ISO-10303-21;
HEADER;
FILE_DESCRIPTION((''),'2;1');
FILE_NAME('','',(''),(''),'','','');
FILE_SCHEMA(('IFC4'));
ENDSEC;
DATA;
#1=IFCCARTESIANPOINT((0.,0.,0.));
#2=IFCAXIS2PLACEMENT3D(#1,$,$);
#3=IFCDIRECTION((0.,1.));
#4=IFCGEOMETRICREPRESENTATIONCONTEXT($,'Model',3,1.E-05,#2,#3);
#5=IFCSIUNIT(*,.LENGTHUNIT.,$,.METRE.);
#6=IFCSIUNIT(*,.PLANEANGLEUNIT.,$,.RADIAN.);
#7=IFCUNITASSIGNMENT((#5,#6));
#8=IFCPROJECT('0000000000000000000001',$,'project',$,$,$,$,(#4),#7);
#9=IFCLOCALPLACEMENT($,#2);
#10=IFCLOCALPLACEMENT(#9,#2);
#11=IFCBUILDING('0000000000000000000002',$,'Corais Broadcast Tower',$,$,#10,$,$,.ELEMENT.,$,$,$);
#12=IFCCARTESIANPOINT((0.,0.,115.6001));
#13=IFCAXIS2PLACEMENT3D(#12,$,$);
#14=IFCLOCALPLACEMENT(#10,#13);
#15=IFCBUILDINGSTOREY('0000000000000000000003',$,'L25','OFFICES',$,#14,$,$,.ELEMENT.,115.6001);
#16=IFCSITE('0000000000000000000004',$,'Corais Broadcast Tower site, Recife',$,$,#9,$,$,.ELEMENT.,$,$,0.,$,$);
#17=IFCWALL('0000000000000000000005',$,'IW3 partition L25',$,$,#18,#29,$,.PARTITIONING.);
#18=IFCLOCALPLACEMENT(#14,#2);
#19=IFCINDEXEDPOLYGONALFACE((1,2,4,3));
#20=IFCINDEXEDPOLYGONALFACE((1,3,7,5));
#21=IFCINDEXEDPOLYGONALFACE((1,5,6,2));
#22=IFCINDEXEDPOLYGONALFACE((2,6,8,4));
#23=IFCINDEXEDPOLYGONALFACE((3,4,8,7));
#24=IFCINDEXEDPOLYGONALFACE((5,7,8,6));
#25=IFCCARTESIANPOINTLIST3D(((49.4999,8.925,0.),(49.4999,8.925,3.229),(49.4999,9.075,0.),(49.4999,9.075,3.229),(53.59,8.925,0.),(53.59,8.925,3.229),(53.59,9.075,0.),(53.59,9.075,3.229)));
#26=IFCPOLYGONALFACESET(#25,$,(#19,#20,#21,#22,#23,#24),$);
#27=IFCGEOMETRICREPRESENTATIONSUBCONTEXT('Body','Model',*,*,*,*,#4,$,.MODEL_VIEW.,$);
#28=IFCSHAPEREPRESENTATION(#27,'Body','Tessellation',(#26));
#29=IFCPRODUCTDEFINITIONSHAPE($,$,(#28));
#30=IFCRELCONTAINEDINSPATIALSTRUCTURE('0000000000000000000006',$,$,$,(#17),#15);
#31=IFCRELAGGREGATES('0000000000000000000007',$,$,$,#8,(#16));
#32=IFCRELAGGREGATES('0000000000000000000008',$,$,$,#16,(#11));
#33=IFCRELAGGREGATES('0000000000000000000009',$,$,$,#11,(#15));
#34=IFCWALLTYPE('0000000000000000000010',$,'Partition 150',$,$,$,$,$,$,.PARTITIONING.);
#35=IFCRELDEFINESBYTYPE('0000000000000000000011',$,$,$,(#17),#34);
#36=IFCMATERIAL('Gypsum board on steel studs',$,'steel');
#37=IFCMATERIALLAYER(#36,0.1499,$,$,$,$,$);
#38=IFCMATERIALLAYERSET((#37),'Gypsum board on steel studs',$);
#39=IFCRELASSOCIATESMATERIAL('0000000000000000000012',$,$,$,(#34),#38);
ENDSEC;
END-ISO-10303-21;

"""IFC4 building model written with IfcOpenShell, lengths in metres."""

from ifc_helpers import new_model, si_unit, direction, frame, frame_2d, origin, place, context, subcontext, project, spatial, rectangle, extrude, material, layer, layer_set, type_object, element, save


model = new_model("IFC4")

# Units and contexts
model_context = context("Model", 3, precision=1e-05, world=origin(), true_north=direction((0.0, 1.0)))
body_context = subcontext(model_context, "Body", "Model", "MODEL_VIEW")
ifc_project = project(units=[si_unit("LENGTHUNIT", "METRE"), si_unit("PLANEANGLEUNIT", "RADIAN")], contexts=[model_context])

# Site, building, storey
site_placement = place(None, origin())
site = spatial("IfcSite", under=ifc_project, at=site_placement, Name="Corais Broadcast Tower site, Recife", CompositionType="ELEMENT", RefElevation=0.0)
building_placement = place(site_placement, origin())
building = spatial("IfcBuilding", under=site, at=building_placement, Name="Corais Broadcast Tower", CompositionType="ELEMENT")
storey_placement = place(building_placement, frame((0.0, 0.0, 115.6001)))
storey = spatial("IfcBuildingStorey", under=building, at=storey_placement, Name="L25", Description="OFFICES", CompositionType="ELEMENT", Elevation=115.6001)

# Wall
ifc_material_1 = material(Name="Gypsum board on steel studs", Category="steel")
ifc_layer_1 = layer(ifc_material_1, 0.1499)
ifc_layer_set_1 = layer_set([ifc_layer_1], Name="Gypsum board on steel studs")
wall_type = type_object("IfcWallType", Name="Partition 150", PredefinedType="PARTITIONING", material=ifc_layer_set_1)
wall_placement = place(storey_placement, frame((49.5, 9.0, 0.0), z_axis=(0.0, 0.0, 1.0), x_axis=(1.0, 0.0, 0.0)))
element("IfcWall", 1, at=wall_placement, inside=storey, type_object=wall_type, Name="IW3 partition L25", PredefinedType="PARTITIONING", context=body_context, shape_type="SweptSolid", body=[
    extrude(rectangle(XDim=4.0901, YDim=0.1499, at=frame_2d((2.0449, 0.0))), origin(), (0.0, 0.0, 1.0), 3.229),
])

save(model, "model.ifc")
